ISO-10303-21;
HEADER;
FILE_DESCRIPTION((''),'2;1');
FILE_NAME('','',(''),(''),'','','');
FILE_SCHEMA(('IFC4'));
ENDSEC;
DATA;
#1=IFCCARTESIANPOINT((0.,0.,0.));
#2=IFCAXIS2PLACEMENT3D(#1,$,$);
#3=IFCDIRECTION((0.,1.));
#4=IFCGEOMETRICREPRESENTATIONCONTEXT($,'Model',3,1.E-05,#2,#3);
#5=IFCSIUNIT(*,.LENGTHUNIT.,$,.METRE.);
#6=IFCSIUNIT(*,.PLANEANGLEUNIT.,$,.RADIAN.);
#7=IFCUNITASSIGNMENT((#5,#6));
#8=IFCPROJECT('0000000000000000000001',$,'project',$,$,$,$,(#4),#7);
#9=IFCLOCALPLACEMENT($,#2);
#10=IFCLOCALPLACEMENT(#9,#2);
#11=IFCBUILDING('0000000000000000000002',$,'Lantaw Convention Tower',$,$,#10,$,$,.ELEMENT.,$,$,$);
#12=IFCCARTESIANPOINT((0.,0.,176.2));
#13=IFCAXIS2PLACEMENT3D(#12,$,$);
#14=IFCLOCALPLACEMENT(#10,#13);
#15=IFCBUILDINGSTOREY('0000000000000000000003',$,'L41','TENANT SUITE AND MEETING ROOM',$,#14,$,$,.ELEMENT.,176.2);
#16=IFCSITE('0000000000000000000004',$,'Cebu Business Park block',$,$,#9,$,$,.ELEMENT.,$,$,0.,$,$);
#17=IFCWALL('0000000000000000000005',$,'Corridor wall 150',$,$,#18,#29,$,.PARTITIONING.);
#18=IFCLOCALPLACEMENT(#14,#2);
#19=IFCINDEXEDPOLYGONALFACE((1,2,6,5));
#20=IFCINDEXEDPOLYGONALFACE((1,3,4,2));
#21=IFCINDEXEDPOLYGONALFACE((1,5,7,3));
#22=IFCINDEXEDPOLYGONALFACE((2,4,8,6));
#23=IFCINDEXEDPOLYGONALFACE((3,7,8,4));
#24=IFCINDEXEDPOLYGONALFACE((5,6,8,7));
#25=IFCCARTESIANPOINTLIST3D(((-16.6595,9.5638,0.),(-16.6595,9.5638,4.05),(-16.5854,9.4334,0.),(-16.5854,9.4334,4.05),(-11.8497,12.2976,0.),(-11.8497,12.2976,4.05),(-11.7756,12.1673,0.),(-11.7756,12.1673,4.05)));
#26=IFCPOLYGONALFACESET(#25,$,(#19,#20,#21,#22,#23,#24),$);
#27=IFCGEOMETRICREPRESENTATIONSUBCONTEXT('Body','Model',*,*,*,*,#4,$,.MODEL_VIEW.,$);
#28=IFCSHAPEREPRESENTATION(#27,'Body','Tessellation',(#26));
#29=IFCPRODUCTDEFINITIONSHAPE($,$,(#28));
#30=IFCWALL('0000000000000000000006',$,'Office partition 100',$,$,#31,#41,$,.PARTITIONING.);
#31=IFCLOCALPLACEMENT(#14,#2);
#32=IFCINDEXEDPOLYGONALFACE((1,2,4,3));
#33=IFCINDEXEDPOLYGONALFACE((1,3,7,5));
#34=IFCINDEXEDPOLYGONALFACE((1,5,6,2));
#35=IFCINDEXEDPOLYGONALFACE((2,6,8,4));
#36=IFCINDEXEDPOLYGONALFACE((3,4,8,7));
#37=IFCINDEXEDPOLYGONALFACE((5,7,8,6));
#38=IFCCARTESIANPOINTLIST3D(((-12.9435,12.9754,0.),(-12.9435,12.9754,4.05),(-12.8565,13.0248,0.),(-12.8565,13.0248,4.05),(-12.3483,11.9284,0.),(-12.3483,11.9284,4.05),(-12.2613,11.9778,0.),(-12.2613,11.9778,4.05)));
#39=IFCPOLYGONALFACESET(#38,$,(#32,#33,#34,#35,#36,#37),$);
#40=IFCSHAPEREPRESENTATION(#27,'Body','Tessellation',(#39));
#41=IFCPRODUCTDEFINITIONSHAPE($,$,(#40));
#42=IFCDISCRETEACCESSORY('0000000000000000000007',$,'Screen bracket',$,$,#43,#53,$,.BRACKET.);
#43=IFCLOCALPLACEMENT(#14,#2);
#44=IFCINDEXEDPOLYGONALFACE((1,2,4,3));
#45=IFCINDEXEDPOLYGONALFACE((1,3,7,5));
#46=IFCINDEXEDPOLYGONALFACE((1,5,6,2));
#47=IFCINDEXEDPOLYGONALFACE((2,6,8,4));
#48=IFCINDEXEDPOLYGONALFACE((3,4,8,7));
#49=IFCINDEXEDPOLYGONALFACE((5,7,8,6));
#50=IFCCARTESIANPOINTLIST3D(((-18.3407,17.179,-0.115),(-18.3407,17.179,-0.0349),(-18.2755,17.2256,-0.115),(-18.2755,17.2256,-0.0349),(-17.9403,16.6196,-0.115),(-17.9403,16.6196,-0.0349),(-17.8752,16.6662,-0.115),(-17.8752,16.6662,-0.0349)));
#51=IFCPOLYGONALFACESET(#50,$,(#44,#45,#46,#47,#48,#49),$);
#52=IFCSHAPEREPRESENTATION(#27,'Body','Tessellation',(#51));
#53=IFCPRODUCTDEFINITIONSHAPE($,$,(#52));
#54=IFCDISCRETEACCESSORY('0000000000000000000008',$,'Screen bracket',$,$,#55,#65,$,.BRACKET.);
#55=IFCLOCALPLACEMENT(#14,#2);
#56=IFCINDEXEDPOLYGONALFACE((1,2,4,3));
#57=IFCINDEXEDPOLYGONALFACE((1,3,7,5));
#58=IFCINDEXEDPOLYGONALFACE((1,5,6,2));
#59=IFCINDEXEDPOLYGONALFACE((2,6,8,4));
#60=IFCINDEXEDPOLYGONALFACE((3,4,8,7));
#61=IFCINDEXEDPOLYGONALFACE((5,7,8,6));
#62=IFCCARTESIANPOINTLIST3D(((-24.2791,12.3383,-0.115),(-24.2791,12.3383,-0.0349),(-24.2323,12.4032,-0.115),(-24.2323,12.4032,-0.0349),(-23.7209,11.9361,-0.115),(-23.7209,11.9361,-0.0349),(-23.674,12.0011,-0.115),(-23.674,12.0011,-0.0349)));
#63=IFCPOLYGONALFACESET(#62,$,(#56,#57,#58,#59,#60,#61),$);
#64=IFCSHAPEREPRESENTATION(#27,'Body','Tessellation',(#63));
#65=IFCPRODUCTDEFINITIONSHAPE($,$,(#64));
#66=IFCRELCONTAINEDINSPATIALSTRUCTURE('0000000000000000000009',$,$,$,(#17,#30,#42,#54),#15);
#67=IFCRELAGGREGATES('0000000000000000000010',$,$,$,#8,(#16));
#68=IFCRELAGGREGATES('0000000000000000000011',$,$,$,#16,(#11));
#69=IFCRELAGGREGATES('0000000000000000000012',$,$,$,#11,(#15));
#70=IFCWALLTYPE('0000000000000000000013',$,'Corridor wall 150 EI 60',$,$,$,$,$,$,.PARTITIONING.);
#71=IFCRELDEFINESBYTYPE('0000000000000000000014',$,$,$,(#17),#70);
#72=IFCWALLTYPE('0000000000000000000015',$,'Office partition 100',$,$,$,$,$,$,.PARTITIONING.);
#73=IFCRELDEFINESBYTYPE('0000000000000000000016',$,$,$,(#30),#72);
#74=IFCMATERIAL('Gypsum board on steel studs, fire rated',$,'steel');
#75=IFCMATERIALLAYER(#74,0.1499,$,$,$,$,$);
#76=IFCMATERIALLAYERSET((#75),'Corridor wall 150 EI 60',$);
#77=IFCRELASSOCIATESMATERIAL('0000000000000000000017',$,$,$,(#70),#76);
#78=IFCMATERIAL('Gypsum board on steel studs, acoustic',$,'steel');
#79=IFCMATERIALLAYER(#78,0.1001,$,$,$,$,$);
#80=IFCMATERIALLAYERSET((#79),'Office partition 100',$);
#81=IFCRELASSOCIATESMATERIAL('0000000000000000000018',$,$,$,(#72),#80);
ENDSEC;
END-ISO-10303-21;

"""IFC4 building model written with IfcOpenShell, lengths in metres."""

from ifc_helpers import new_model, si_unit, direction, frame, frame_2d, origin, origin_2d, place, context, subcontext, project, spatial, rectangle, extrude, material, layer, layer_set, type_object, element, save


model = new_model("IFC4")

# Units and contexts
model_context = context("Model", 3, precision=1e-05, world=origin(), true_north=direction((0.0, 1.0)))
body_context = subcontext(model_context, "Body", "Model", "MODEL_VIEW")
ifc_project = project(units=[si_unit("LENGTHUNIT", "METRE"), si_unit("PLANEANGLEUNIT", "RADIAN")], contexts=[model_context])

# Site, building, storey
site_placement = place(None, origin())
site = spatial("IfcSite", under=ifc_project, at=site_placement, Name="Cebu Business Park block", CompositionType="ELEMENT", RefElevation=0.0)
building_placement = place(site_placement, origin())
building = spatial("IfcBuilding", under=site, at=building_placement, Name="Lantaw Convention Tower", CompositionType="ELEMENT")
storey_placement = place(building_placement, frame((0.0, 0.0, 176.2)))
storey = spatial("IfcBuildingStorey", under=building, at=storey_placement, Name="L41", Description="TENANT SUITE AND MEETING ROOM", CompositionType="ELEMENT", Elevation=176.2)

# Walls
ifc_material_1 = material(Name="Gypsum board on steel studs, fire rated", Category="steel")
ifc_layer_1 = layer(ifc_material_1, 0.1499)
ifc_layer_set_1 = layer_set([ifc_layer_1], Name="Corridor wall 150 EI 60")
wall_type_1 = type_object("IfcWallType", Name="Corridor wall 150 EI 60", PredefinedType="PARTITIONING", material=ifc_layer_set_1)
wall_1_placement = place(storey_placement, frame((-11.8127, 12.2324, 0.0), z_axis=(0.0, 0.0, 1.0), x_axis=(-0.869376, -0.494151, 0.0)))
element("IfcWall", 1, at=wall_1_placement, inside=storey, type_object=wall_type_1, Name="Corridor wall 150", PredefinedType="PARTITIONING", context=body_context, shape_type="SweptSolid", body=[
    extrude(rectangle(XDim=5.5325, YDim=0.1499, at=frame_2d((2.7661, 0.0))), origin(), (0.0, 0.0, 1.0), 4.05),
])
ifc_material_2 = material(Name="Gypsum board on steel studs, acoustic", Category="steel")
ifc_layer_2 = layer(ifc_material_2, 0.1001)
ifc_layer_set_2 = layer_set([ifc_layer_2], Name="Office partition 100")
wall_type_2 = type_object("IfcWallType", Name="Office partition 100", PredefinedType="PARTITIONING", material=ifc_layer_set_2)
wall_2_placement = place(storey_placement, frame((-12.8999, 13.0, 0.0), z_axis=(0.0, 0.0, 1.0), x_axis=(0.494173, -0.869364, 0.0)))
element("IfcWall", 2, at=wall_2_placement, inside=storey, type_object=wall_type_2, Name="Office partition 100", PredefinedType="PARTITIONING", context=body_context, shape_type="SweptSolid", body=[
    extrude(rectangle(XDim=1.2043, YDim=0.1001, at=frame_2d((0.6021, 0.0))), origin(), (0.0, 0.0, 1.0), 4.05),
])

# Discrete accessories
for number, where, z_axis, x_axis, name in (
    (3, (-18.1079, 16.9226, -0.115), (0.0, 0.0, 1.0), (-0.813208, -0.581973, 0.0), "Screen bracket"),
    (4, (-23.9766, 12.1697, -0.115), (0.0, 0.0, 1.0), (-0.584513, -0.811385, 0.0), "Screen bracket"),
):
    element("IfcDiscreteAccessory", number, at=place(storey_placement, frame(where, z_axis=z_axis, x_axis=x_axis)), inside=storey, Name=name, PredefinedType="BRACKET", context=body_context, shape_type="SweptSolid", body=[
        extrude(rectangle(XDim=0.0801, YDim=0.688, at=origin_2d()), origin(), (0.0, 0.0, 1.0), 0.0801),
    ])

save(model, "model.ifc")
